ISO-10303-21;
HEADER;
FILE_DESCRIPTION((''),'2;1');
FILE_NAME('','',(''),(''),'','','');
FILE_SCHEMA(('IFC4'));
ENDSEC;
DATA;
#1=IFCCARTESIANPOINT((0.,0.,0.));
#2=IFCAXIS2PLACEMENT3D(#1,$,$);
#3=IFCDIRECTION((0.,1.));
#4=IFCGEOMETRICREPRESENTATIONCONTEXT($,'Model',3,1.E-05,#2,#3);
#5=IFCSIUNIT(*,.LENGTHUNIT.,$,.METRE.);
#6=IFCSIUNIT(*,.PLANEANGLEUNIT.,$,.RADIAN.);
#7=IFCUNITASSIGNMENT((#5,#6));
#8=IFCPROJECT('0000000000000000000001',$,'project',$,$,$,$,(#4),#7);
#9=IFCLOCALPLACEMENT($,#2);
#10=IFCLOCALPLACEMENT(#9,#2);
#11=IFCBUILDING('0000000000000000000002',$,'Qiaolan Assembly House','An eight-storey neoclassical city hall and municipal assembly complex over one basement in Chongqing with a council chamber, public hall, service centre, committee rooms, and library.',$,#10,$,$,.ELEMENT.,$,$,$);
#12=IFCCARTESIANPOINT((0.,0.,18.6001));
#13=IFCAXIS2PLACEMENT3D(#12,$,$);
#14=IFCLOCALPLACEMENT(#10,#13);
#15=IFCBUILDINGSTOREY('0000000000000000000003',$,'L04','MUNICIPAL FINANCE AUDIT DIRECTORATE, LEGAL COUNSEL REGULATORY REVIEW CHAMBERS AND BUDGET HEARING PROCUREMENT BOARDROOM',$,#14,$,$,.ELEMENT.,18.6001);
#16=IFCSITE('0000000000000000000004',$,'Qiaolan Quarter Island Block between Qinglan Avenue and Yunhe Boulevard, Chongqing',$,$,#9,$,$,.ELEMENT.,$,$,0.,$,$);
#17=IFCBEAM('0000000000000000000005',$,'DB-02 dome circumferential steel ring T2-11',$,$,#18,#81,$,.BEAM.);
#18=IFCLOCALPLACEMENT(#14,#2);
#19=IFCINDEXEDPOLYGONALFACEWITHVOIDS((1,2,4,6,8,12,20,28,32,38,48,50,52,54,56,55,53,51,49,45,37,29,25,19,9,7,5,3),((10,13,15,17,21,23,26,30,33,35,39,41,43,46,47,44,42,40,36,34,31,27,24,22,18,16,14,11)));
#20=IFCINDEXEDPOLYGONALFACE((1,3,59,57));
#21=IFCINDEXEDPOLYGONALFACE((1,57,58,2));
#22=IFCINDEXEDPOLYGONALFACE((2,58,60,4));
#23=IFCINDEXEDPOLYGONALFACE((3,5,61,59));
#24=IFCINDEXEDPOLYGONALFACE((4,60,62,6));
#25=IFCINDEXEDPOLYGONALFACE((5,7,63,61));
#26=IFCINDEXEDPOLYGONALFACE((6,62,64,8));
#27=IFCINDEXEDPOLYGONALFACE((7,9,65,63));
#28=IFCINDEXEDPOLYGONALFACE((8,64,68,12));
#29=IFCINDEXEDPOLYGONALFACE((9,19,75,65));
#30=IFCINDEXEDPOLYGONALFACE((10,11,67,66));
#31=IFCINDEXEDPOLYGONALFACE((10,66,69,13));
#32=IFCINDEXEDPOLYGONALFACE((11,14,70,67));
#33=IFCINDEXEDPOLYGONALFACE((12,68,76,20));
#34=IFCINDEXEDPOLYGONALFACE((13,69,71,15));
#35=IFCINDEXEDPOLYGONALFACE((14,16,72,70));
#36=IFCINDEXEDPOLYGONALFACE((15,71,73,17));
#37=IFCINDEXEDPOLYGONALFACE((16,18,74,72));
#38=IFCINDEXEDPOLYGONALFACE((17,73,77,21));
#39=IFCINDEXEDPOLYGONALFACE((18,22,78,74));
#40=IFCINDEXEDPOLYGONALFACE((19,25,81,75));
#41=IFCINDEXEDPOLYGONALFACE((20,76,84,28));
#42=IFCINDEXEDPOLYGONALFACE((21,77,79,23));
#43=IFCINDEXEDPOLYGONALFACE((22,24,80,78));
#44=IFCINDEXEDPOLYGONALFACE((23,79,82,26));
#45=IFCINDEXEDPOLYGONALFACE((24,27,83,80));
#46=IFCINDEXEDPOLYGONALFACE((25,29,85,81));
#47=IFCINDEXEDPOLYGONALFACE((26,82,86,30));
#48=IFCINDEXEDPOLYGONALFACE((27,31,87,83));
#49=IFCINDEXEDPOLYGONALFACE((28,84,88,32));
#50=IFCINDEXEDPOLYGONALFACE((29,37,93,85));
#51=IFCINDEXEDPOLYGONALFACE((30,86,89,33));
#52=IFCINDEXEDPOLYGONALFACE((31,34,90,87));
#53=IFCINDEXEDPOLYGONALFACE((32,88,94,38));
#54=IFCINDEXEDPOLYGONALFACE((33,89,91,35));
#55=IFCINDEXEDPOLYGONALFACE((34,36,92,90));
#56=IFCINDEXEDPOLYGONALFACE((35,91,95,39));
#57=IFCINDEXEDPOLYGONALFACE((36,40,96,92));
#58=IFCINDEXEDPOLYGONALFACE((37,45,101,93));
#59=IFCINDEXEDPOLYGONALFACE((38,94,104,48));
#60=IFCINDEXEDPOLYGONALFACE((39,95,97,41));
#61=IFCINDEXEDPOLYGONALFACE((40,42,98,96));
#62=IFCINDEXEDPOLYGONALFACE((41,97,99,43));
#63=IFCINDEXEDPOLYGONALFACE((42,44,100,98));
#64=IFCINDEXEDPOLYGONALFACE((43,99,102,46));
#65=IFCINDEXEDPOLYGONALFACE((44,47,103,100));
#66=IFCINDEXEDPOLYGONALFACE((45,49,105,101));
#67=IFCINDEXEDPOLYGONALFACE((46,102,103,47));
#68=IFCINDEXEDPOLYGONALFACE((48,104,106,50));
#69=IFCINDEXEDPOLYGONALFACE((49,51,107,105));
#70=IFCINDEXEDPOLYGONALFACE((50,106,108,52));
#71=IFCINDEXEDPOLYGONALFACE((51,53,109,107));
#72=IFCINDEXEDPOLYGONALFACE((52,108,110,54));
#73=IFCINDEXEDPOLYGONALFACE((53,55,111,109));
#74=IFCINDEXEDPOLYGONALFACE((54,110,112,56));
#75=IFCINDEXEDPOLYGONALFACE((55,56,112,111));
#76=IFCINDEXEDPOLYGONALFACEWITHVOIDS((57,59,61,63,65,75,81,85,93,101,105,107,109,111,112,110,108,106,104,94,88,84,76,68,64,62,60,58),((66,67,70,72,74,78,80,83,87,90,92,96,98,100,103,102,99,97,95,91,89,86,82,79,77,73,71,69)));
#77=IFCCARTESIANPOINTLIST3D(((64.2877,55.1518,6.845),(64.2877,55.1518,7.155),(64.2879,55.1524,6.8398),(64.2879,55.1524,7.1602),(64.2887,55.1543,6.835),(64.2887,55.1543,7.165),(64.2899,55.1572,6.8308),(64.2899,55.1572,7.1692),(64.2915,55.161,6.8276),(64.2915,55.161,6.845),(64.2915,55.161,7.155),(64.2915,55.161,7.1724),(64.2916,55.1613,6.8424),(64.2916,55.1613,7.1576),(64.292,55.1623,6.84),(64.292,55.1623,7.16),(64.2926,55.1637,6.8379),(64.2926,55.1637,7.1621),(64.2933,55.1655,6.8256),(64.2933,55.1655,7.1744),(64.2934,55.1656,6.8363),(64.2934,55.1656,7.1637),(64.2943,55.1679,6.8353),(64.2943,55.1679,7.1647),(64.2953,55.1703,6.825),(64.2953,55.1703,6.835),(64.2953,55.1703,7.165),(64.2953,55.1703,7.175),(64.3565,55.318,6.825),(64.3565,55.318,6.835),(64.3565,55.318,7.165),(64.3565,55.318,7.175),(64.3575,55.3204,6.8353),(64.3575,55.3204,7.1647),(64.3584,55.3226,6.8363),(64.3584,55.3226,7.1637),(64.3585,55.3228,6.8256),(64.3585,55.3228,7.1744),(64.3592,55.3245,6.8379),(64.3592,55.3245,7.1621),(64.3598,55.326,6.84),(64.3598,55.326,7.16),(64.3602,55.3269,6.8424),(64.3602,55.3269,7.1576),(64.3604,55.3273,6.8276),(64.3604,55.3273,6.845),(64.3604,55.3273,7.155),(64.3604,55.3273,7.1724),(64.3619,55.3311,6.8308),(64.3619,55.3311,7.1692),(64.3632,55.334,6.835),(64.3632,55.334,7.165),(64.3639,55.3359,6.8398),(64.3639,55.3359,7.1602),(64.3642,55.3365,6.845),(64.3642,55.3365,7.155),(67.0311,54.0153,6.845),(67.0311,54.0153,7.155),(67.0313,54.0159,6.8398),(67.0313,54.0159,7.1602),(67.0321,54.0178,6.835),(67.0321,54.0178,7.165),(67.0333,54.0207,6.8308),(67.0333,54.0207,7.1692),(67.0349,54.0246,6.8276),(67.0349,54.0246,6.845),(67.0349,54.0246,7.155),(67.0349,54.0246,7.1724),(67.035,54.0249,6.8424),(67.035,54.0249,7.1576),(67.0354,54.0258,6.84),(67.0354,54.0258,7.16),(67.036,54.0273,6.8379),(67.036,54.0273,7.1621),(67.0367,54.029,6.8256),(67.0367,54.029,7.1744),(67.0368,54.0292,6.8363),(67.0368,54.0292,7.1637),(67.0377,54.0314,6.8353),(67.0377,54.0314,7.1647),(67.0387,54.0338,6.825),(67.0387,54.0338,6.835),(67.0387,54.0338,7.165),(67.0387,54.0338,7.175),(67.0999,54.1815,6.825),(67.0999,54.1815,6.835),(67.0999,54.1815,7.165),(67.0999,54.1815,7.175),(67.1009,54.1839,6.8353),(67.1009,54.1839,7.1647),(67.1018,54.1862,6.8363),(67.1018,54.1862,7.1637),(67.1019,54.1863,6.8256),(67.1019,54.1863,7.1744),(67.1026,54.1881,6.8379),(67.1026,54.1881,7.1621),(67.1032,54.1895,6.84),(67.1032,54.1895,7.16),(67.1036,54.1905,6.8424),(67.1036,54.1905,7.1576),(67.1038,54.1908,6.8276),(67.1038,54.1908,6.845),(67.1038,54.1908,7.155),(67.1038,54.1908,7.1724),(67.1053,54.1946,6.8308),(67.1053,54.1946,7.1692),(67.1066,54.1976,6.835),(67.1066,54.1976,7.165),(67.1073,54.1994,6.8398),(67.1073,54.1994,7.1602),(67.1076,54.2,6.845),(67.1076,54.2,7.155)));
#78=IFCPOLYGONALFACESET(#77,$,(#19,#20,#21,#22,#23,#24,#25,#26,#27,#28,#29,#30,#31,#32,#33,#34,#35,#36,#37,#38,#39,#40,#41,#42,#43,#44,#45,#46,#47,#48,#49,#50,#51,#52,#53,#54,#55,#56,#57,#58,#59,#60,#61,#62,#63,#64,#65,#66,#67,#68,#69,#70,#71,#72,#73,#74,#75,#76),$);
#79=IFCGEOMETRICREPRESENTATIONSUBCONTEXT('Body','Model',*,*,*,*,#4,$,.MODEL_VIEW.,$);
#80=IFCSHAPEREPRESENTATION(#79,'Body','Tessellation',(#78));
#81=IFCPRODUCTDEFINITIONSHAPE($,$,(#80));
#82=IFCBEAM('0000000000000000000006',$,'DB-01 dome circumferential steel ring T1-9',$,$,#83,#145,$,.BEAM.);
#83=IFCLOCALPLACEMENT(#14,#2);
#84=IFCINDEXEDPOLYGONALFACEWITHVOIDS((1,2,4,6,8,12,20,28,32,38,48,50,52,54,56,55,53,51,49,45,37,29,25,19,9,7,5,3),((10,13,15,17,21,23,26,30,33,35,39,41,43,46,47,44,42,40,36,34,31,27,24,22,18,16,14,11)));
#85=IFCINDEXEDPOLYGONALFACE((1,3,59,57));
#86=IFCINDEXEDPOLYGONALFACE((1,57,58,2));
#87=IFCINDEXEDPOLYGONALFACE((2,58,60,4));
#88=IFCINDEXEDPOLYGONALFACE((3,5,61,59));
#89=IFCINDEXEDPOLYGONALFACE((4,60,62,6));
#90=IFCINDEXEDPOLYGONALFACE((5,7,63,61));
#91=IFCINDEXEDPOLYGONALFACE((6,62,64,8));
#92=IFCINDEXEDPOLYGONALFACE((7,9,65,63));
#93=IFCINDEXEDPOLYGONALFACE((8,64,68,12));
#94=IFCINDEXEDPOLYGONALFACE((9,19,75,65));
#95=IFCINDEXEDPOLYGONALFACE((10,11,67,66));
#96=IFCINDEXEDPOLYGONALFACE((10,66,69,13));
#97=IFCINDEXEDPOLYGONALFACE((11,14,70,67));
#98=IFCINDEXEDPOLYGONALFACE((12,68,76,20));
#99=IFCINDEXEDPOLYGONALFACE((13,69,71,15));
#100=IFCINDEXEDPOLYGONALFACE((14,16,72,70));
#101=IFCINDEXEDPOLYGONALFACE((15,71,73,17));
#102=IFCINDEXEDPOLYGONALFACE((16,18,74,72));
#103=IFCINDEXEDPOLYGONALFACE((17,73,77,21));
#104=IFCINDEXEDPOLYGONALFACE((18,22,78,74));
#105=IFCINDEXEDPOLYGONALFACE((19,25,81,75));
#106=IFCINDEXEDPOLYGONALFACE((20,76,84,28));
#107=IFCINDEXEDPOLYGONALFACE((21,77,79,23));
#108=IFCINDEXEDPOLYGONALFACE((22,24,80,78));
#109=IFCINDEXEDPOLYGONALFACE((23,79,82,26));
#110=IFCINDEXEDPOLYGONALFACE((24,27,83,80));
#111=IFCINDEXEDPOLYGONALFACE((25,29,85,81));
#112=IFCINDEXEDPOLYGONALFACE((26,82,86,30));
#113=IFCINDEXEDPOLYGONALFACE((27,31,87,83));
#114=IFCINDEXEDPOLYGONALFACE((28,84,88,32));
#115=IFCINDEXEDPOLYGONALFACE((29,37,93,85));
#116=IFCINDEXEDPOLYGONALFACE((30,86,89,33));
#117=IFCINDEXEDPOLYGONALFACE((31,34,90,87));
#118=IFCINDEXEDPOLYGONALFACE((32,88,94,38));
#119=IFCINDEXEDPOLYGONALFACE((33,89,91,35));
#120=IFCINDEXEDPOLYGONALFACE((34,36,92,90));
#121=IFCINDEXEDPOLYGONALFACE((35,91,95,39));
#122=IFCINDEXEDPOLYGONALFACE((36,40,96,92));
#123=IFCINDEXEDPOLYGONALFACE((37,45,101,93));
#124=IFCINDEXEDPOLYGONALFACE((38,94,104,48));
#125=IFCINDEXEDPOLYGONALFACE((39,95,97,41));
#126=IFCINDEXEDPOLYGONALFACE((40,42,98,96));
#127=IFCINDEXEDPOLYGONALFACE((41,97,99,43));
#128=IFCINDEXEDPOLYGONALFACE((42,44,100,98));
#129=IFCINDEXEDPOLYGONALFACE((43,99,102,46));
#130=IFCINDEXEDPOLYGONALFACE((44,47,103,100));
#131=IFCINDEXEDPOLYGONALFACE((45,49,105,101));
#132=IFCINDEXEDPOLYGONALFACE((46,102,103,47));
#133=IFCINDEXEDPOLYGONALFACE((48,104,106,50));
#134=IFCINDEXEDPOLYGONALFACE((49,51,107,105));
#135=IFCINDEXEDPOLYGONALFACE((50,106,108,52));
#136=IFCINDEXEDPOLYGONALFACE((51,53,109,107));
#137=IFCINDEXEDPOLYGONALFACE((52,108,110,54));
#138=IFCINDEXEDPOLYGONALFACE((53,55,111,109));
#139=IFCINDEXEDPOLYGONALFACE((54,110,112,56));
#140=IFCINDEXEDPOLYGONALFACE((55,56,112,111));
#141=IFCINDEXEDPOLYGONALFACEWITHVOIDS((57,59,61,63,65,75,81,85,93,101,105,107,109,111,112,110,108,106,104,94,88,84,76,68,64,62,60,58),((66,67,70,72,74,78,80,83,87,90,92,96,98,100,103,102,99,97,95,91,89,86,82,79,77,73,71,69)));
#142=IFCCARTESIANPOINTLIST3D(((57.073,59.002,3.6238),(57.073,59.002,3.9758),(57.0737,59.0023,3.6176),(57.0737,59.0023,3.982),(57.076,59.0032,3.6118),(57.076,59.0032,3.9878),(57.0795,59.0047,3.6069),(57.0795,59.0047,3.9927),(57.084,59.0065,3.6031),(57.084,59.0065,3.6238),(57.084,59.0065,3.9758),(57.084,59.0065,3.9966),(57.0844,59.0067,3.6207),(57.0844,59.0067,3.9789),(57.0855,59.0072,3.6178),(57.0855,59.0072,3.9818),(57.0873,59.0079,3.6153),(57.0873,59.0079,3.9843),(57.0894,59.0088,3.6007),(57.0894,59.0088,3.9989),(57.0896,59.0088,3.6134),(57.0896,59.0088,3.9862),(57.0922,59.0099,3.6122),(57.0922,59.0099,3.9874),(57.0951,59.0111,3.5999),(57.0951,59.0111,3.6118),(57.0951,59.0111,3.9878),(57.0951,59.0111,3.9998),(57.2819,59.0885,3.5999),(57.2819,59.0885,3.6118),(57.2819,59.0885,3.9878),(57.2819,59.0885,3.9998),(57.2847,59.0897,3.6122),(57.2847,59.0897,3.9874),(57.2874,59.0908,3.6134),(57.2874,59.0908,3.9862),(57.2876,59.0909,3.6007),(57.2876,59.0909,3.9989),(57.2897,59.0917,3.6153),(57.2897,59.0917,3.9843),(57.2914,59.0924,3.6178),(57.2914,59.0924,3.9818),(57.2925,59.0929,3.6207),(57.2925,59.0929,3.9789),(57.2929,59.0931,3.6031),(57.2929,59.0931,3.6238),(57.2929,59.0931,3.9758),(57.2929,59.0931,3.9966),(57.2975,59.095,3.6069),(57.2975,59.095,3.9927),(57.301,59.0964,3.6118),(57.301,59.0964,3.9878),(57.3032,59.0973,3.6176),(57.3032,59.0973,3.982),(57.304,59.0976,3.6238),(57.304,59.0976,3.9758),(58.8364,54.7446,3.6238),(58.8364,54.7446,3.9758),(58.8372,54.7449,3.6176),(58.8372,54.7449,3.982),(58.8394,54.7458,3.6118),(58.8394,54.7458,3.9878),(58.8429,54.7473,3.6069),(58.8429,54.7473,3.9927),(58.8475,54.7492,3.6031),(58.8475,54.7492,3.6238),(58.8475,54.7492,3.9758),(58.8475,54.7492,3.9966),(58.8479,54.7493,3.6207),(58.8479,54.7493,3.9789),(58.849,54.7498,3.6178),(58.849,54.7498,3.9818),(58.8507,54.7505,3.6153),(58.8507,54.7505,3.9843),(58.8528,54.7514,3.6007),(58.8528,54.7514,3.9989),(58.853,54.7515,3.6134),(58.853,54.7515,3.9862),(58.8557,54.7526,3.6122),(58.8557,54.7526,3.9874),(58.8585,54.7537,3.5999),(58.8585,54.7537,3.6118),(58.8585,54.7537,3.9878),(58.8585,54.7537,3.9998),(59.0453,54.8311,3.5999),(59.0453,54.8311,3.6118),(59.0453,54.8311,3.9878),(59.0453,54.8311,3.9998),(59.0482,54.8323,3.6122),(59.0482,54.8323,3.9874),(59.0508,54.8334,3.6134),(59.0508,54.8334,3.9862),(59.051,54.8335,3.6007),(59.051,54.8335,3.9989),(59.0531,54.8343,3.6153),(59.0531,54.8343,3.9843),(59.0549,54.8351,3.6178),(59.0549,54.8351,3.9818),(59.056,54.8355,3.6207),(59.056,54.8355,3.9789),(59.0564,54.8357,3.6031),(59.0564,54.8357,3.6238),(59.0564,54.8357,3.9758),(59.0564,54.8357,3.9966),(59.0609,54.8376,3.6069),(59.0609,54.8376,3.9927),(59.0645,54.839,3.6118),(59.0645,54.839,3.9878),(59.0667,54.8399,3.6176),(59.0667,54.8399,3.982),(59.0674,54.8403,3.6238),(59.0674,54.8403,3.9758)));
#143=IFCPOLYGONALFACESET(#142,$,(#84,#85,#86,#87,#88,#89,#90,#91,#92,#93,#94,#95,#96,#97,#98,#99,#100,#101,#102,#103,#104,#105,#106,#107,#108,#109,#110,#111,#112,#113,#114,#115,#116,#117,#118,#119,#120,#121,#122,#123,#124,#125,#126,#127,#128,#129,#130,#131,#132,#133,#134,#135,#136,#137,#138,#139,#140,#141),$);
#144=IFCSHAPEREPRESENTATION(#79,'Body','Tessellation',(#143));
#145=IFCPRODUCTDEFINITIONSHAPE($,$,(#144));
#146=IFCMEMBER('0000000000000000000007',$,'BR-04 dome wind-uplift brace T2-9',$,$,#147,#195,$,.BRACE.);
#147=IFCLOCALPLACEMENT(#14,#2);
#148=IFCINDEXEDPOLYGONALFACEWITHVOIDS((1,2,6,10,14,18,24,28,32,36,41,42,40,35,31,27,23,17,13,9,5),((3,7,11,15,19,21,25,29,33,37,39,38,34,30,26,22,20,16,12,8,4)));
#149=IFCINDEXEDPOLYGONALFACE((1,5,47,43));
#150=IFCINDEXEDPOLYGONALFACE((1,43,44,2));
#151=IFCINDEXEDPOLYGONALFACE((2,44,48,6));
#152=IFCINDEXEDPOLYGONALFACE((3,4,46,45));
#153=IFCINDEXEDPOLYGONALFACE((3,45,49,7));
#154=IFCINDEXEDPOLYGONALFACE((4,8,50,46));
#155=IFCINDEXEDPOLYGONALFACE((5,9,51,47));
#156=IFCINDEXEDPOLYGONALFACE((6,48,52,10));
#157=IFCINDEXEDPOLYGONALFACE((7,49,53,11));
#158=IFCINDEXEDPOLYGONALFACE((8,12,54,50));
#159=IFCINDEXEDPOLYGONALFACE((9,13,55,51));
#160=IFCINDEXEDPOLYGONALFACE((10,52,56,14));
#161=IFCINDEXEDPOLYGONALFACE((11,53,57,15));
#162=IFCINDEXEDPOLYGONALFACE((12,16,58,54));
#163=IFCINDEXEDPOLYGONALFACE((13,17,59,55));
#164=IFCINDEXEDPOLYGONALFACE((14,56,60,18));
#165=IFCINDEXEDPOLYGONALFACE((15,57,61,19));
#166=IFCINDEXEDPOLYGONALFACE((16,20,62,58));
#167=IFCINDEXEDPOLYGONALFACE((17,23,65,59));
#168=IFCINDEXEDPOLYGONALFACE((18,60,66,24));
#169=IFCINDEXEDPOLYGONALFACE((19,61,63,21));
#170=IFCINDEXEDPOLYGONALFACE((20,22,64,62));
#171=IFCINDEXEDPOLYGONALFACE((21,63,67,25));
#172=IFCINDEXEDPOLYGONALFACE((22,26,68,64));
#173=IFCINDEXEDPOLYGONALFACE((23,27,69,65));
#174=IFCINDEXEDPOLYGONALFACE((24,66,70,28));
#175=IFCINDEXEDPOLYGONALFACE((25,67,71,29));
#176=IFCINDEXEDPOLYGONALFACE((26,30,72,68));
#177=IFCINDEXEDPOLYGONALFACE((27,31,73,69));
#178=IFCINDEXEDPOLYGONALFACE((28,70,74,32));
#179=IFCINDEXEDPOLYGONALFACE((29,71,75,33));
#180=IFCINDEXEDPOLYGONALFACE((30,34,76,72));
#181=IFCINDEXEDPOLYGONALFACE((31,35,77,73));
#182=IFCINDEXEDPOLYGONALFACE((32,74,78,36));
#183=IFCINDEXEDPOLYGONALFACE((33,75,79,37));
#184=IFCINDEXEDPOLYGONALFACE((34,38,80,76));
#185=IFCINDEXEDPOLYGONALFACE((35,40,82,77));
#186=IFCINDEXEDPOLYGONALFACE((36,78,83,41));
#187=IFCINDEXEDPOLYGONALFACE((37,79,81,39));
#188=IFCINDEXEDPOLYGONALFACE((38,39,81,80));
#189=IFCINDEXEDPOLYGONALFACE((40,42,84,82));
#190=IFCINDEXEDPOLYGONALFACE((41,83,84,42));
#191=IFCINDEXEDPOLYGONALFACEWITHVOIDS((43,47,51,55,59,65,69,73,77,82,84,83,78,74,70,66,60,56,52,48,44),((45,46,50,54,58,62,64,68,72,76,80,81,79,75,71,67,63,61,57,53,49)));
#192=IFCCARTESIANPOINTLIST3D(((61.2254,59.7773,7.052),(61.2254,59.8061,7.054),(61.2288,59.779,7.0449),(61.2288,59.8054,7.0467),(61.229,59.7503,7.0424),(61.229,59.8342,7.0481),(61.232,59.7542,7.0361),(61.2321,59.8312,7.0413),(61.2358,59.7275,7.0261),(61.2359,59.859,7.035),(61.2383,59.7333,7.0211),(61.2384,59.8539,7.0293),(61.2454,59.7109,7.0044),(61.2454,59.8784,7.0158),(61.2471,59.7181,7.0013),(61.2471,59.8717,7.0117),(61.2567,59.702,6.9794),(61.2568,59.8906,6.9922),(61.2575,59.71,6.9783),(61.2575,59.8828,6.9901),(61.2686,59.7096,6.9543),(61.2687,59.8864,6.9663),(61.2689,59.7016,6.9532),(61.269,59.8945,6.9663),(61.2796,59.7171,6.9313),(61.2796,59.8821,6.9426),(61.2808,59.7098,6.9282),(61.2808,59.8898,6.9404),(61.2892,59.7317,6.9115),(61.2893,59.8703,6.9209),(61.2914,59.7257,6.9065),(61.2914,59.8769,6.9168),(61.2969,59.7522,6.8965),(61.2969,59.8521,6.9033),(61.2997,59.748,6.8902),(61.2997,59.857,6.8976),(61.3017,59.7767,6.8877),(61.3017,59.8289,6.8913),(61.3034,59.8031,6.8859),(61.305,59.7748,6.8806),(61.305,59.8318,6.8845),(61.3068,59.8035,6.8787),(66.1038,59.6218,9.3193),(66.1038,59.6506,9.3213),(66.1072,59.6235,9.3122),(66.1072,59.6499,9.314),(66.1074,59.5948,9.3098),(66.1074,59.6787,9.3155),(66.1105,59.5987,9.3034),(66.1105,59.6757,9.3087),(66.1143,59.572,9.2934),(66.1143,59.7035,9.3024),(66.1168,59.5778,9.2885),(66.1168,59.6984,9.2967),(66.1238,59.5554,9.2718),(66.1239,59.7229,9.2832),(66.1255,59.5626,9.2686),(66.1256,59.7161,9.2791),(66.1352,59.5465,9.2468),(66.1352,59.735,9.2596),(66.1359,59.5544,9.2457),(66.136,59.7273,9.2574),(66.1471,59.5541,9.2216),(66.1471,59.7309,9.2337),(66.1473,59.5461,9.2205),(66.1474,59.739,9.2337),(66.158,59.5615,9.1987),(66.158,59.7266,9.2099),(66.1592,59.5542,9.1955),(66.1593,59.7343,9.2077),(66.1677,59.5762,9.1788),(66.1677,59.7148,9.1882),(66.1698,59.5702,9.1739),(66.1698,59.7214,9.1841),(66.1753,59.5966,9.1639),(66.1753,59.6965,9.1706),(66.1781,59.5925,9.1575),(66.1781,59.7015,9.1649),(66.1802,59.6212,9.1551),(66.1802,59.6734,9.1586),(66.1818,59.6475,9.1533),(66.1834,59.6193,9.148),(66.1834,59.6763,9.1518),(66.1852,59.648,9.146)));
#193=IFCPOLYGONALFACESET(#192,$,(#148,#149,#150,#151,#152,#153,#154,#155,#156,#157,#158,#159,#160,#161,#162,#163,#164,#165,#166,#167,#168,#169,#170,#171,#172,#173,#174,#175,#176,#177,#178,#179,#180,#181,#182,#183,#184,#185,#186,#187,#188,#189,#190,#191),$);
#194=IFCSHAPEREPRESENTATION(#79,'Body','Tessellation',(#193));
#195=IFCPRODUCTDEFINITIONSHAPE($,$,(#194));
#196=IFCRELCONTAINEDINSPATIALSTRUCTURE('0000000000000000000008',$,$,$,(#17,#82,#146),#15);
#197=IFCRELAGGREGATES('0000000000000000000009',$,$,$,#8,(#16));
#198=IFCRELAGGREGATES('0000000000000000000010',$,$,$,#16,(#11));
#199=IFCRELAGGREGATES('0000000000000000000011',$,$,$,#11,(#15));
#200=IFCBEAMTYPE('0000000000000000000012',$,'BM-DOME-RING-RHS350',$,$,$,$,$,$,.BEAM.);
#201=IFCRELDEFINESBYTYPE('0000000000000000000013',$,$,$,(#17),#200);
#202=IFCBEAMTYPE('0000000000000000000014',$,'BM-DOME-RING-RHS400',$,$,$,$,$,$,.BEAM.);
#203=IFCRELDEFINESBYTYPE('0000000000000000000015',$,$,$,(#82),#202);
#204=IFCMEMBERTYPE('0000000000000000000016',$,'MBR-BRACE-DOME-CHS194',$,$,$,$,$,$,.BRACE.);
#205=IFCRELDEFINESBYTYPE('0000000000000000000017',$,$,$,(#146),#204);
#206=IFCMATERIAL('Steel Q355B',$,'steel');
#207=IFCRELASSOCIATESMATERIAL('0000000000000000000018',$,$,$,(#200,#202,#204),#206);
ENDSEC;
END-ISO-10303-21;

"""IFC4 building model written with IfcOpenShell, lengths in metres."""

from ifc_helpers import new_model, si_unit, direction, frame, origin, origin_2d, place, context, subcontext, project, spatial, hollow_rectangle, hollow_circle, extrude, material, material_profile, profile_set, type_object, element, save


model = new_model("IFC4")

# Units and contexts
model_context = context("Model", 3, precision=1e-05, world=origin(), true_north=direction((0.0, 1.0)))
body_context = subcontext(model_context, "Body", "Model", "MODEL_VIEW")
ifc_project = project(units=[si_unit("LENGTHUNIT", "METRE"), si_unit("PLANEANGLEUNIT", "RADIAN")], contexts=[model_context])

# Site, building, storey
site_placement = place(None, origin())
site = spatial("IfcSite", under=ifc_project, at=site_placement, Name="Qiaolan Quarter Island Block between Qinglan Avenue and Yunhe Boulevard, Chongqing", CompositionType="ELEMENT", RefElevation=0.0)
building_placement = place(site_placement, origin())
building = spatial("IfcBuilding", under=site, at=building_placement, Name="Qiaolan Assembly House", Description="An eight-storey neoclassical city hall and municipal assembly complex over one basement in Chongqing with a council chamber, public hall, service centre, committee rooms, and library.", CompositionType="ELEMENT")
storey_placement = place(building_placement, frame((0.0, 0.0, 18.6001)))
storey = spatial("IfcBuildingStorey", under=building, at=storey_placement, Name="L04", Description="MUNICIPAL FINANCE AUDIT DIRECTORATE, LEGAL COUNSEL REGULATORY REVIEW CHAMBERS AND BUDGET HEARING PROCUREMENT BOARDROOM", CompositionType="ELEMENT", Elevation=18.6001)

# Beams
ifc_material_1 = material(Name="Steel Q355B", Category="steel")
ifc_material_profile_1 = material_profile(ifc_material_1, hollow_rectangle(XDim=0.2, YDim=0.3501, WallThickness=0.01, InnerFilletRadius=0.01, OuterFilletRadius=0.02, at=origin_2d()), Name="RHS 350x200x10")
ifc_profile_set_1 = profile_set([ifc_material_profile_1], Name="Steel Q355B")
beam_type_1 = type_object("IfcBeamType", Name="BM-DOME-RING-RHS350", PredefinedType="BEAM", material=ifc_profile_set_1)
beam_1_placement = place(storey_placement, frame((64.3259, 55.2441, 7.0), z_axis=(0.923866, -0.382717, 0.0), x_axis=(0.382717, 0.923866, 0.0)))
element("IfcBeam", 1, at=beam_1_placement, inside=storey, type_object=beam_type_1, Name="DB-02 dome circumferential steel ring T2-11", PredefinedType="BEAM", context=body_context, shape_type="SweptSolid", body=[
    extrude(hollow_rectangle(XDim=0.2, YDim=0.3501, WallThickness=0.01, InnerFilletRadius=0.01, OuterFilletRadius=0.02, at=origin_2d()), origin(), (0.0, 0.0, 1.0), 2.9695),
])
ifc_material_profile_2 = material_profile(ifc_material_1, hollow_rectangle(XDim=0.25, YDim=0.3999, WallThickness=0.012, InnerFilletRadius=0.012, OuterFilletRadius=0.0239, at=origin_2d()), Name="RHS 400x250x12")
ifc_profile_set_2 = profile_set([ifc_material_profile_2], Name="Steel Q355B")
beam_type_2 = type_object("IfcBeamType", Name="BM-DOME-RING-RHS400", PredefinedType="BEAM", material=ifc_profile_set_2)
beam_2_placement = place(storey_placement, frame((57.1885, 59.0498, 3.7998), z_axis=(0.382681, -0.923881, 0.0), x_axis=(0.923881, 0.382681, 0.0)))
element("IfcBeam", 2, at=beam_2_placement, inside=storey, type_object=beam_type_2, Name="DB-01 dome circumferential steel ring T1-9", PredefinedType="BEAM", context=body_context, shape_type="SweptSolid", body=[
    extrude(hollow_rectangle(XDim=0.25, YDim=0.3999, WallThickness=0.012, InnerFilletRadius=0.012, OuterFilletRadius=0.0239, at=origin_2d()), origin(), (0.0, 0.0, 1.0), 4.6082),
])

# Member
ifc_material_profile_3 = material_profile(ifc_material_1, hollow_circle(Radius=0.0969, WallThickness=0.0081, at=origin_2d()), Name="CHS 194x8")
ifc_profile_set_3 = profile_set([ifc_material_profile_3], Name="Steel Q355B")
member_type_1 = type_object("IfcMemberType", Name="MBR-BRACE-DOME-CHS194", PredefinedType="BRACE", material=ifc_profile_set_3)
member_1_placement = place(storey_placement, frame((61.2659, 59.7976, 6.9663), z_axis=(0.906463, -0.028897, 0.421295), x_axis=(0.031863, 0.999492, 0.0)))
element("IfcMember", 3, at=member_1_placement, inside=storey, type_object=member_type_1, Name="BR-04 dome wind-uplift brace T2-9", PredefinedType="BRACE", context=body_context, shape_type="SweptSolid", body=[
    extrude(hollow_circle(Radius=0.0969, WallThickness=0.0081, at=origin_2d()), origin(), (0.0, 0.0, 1.0), 5.3818),
])

save(model, "model.ifc")
